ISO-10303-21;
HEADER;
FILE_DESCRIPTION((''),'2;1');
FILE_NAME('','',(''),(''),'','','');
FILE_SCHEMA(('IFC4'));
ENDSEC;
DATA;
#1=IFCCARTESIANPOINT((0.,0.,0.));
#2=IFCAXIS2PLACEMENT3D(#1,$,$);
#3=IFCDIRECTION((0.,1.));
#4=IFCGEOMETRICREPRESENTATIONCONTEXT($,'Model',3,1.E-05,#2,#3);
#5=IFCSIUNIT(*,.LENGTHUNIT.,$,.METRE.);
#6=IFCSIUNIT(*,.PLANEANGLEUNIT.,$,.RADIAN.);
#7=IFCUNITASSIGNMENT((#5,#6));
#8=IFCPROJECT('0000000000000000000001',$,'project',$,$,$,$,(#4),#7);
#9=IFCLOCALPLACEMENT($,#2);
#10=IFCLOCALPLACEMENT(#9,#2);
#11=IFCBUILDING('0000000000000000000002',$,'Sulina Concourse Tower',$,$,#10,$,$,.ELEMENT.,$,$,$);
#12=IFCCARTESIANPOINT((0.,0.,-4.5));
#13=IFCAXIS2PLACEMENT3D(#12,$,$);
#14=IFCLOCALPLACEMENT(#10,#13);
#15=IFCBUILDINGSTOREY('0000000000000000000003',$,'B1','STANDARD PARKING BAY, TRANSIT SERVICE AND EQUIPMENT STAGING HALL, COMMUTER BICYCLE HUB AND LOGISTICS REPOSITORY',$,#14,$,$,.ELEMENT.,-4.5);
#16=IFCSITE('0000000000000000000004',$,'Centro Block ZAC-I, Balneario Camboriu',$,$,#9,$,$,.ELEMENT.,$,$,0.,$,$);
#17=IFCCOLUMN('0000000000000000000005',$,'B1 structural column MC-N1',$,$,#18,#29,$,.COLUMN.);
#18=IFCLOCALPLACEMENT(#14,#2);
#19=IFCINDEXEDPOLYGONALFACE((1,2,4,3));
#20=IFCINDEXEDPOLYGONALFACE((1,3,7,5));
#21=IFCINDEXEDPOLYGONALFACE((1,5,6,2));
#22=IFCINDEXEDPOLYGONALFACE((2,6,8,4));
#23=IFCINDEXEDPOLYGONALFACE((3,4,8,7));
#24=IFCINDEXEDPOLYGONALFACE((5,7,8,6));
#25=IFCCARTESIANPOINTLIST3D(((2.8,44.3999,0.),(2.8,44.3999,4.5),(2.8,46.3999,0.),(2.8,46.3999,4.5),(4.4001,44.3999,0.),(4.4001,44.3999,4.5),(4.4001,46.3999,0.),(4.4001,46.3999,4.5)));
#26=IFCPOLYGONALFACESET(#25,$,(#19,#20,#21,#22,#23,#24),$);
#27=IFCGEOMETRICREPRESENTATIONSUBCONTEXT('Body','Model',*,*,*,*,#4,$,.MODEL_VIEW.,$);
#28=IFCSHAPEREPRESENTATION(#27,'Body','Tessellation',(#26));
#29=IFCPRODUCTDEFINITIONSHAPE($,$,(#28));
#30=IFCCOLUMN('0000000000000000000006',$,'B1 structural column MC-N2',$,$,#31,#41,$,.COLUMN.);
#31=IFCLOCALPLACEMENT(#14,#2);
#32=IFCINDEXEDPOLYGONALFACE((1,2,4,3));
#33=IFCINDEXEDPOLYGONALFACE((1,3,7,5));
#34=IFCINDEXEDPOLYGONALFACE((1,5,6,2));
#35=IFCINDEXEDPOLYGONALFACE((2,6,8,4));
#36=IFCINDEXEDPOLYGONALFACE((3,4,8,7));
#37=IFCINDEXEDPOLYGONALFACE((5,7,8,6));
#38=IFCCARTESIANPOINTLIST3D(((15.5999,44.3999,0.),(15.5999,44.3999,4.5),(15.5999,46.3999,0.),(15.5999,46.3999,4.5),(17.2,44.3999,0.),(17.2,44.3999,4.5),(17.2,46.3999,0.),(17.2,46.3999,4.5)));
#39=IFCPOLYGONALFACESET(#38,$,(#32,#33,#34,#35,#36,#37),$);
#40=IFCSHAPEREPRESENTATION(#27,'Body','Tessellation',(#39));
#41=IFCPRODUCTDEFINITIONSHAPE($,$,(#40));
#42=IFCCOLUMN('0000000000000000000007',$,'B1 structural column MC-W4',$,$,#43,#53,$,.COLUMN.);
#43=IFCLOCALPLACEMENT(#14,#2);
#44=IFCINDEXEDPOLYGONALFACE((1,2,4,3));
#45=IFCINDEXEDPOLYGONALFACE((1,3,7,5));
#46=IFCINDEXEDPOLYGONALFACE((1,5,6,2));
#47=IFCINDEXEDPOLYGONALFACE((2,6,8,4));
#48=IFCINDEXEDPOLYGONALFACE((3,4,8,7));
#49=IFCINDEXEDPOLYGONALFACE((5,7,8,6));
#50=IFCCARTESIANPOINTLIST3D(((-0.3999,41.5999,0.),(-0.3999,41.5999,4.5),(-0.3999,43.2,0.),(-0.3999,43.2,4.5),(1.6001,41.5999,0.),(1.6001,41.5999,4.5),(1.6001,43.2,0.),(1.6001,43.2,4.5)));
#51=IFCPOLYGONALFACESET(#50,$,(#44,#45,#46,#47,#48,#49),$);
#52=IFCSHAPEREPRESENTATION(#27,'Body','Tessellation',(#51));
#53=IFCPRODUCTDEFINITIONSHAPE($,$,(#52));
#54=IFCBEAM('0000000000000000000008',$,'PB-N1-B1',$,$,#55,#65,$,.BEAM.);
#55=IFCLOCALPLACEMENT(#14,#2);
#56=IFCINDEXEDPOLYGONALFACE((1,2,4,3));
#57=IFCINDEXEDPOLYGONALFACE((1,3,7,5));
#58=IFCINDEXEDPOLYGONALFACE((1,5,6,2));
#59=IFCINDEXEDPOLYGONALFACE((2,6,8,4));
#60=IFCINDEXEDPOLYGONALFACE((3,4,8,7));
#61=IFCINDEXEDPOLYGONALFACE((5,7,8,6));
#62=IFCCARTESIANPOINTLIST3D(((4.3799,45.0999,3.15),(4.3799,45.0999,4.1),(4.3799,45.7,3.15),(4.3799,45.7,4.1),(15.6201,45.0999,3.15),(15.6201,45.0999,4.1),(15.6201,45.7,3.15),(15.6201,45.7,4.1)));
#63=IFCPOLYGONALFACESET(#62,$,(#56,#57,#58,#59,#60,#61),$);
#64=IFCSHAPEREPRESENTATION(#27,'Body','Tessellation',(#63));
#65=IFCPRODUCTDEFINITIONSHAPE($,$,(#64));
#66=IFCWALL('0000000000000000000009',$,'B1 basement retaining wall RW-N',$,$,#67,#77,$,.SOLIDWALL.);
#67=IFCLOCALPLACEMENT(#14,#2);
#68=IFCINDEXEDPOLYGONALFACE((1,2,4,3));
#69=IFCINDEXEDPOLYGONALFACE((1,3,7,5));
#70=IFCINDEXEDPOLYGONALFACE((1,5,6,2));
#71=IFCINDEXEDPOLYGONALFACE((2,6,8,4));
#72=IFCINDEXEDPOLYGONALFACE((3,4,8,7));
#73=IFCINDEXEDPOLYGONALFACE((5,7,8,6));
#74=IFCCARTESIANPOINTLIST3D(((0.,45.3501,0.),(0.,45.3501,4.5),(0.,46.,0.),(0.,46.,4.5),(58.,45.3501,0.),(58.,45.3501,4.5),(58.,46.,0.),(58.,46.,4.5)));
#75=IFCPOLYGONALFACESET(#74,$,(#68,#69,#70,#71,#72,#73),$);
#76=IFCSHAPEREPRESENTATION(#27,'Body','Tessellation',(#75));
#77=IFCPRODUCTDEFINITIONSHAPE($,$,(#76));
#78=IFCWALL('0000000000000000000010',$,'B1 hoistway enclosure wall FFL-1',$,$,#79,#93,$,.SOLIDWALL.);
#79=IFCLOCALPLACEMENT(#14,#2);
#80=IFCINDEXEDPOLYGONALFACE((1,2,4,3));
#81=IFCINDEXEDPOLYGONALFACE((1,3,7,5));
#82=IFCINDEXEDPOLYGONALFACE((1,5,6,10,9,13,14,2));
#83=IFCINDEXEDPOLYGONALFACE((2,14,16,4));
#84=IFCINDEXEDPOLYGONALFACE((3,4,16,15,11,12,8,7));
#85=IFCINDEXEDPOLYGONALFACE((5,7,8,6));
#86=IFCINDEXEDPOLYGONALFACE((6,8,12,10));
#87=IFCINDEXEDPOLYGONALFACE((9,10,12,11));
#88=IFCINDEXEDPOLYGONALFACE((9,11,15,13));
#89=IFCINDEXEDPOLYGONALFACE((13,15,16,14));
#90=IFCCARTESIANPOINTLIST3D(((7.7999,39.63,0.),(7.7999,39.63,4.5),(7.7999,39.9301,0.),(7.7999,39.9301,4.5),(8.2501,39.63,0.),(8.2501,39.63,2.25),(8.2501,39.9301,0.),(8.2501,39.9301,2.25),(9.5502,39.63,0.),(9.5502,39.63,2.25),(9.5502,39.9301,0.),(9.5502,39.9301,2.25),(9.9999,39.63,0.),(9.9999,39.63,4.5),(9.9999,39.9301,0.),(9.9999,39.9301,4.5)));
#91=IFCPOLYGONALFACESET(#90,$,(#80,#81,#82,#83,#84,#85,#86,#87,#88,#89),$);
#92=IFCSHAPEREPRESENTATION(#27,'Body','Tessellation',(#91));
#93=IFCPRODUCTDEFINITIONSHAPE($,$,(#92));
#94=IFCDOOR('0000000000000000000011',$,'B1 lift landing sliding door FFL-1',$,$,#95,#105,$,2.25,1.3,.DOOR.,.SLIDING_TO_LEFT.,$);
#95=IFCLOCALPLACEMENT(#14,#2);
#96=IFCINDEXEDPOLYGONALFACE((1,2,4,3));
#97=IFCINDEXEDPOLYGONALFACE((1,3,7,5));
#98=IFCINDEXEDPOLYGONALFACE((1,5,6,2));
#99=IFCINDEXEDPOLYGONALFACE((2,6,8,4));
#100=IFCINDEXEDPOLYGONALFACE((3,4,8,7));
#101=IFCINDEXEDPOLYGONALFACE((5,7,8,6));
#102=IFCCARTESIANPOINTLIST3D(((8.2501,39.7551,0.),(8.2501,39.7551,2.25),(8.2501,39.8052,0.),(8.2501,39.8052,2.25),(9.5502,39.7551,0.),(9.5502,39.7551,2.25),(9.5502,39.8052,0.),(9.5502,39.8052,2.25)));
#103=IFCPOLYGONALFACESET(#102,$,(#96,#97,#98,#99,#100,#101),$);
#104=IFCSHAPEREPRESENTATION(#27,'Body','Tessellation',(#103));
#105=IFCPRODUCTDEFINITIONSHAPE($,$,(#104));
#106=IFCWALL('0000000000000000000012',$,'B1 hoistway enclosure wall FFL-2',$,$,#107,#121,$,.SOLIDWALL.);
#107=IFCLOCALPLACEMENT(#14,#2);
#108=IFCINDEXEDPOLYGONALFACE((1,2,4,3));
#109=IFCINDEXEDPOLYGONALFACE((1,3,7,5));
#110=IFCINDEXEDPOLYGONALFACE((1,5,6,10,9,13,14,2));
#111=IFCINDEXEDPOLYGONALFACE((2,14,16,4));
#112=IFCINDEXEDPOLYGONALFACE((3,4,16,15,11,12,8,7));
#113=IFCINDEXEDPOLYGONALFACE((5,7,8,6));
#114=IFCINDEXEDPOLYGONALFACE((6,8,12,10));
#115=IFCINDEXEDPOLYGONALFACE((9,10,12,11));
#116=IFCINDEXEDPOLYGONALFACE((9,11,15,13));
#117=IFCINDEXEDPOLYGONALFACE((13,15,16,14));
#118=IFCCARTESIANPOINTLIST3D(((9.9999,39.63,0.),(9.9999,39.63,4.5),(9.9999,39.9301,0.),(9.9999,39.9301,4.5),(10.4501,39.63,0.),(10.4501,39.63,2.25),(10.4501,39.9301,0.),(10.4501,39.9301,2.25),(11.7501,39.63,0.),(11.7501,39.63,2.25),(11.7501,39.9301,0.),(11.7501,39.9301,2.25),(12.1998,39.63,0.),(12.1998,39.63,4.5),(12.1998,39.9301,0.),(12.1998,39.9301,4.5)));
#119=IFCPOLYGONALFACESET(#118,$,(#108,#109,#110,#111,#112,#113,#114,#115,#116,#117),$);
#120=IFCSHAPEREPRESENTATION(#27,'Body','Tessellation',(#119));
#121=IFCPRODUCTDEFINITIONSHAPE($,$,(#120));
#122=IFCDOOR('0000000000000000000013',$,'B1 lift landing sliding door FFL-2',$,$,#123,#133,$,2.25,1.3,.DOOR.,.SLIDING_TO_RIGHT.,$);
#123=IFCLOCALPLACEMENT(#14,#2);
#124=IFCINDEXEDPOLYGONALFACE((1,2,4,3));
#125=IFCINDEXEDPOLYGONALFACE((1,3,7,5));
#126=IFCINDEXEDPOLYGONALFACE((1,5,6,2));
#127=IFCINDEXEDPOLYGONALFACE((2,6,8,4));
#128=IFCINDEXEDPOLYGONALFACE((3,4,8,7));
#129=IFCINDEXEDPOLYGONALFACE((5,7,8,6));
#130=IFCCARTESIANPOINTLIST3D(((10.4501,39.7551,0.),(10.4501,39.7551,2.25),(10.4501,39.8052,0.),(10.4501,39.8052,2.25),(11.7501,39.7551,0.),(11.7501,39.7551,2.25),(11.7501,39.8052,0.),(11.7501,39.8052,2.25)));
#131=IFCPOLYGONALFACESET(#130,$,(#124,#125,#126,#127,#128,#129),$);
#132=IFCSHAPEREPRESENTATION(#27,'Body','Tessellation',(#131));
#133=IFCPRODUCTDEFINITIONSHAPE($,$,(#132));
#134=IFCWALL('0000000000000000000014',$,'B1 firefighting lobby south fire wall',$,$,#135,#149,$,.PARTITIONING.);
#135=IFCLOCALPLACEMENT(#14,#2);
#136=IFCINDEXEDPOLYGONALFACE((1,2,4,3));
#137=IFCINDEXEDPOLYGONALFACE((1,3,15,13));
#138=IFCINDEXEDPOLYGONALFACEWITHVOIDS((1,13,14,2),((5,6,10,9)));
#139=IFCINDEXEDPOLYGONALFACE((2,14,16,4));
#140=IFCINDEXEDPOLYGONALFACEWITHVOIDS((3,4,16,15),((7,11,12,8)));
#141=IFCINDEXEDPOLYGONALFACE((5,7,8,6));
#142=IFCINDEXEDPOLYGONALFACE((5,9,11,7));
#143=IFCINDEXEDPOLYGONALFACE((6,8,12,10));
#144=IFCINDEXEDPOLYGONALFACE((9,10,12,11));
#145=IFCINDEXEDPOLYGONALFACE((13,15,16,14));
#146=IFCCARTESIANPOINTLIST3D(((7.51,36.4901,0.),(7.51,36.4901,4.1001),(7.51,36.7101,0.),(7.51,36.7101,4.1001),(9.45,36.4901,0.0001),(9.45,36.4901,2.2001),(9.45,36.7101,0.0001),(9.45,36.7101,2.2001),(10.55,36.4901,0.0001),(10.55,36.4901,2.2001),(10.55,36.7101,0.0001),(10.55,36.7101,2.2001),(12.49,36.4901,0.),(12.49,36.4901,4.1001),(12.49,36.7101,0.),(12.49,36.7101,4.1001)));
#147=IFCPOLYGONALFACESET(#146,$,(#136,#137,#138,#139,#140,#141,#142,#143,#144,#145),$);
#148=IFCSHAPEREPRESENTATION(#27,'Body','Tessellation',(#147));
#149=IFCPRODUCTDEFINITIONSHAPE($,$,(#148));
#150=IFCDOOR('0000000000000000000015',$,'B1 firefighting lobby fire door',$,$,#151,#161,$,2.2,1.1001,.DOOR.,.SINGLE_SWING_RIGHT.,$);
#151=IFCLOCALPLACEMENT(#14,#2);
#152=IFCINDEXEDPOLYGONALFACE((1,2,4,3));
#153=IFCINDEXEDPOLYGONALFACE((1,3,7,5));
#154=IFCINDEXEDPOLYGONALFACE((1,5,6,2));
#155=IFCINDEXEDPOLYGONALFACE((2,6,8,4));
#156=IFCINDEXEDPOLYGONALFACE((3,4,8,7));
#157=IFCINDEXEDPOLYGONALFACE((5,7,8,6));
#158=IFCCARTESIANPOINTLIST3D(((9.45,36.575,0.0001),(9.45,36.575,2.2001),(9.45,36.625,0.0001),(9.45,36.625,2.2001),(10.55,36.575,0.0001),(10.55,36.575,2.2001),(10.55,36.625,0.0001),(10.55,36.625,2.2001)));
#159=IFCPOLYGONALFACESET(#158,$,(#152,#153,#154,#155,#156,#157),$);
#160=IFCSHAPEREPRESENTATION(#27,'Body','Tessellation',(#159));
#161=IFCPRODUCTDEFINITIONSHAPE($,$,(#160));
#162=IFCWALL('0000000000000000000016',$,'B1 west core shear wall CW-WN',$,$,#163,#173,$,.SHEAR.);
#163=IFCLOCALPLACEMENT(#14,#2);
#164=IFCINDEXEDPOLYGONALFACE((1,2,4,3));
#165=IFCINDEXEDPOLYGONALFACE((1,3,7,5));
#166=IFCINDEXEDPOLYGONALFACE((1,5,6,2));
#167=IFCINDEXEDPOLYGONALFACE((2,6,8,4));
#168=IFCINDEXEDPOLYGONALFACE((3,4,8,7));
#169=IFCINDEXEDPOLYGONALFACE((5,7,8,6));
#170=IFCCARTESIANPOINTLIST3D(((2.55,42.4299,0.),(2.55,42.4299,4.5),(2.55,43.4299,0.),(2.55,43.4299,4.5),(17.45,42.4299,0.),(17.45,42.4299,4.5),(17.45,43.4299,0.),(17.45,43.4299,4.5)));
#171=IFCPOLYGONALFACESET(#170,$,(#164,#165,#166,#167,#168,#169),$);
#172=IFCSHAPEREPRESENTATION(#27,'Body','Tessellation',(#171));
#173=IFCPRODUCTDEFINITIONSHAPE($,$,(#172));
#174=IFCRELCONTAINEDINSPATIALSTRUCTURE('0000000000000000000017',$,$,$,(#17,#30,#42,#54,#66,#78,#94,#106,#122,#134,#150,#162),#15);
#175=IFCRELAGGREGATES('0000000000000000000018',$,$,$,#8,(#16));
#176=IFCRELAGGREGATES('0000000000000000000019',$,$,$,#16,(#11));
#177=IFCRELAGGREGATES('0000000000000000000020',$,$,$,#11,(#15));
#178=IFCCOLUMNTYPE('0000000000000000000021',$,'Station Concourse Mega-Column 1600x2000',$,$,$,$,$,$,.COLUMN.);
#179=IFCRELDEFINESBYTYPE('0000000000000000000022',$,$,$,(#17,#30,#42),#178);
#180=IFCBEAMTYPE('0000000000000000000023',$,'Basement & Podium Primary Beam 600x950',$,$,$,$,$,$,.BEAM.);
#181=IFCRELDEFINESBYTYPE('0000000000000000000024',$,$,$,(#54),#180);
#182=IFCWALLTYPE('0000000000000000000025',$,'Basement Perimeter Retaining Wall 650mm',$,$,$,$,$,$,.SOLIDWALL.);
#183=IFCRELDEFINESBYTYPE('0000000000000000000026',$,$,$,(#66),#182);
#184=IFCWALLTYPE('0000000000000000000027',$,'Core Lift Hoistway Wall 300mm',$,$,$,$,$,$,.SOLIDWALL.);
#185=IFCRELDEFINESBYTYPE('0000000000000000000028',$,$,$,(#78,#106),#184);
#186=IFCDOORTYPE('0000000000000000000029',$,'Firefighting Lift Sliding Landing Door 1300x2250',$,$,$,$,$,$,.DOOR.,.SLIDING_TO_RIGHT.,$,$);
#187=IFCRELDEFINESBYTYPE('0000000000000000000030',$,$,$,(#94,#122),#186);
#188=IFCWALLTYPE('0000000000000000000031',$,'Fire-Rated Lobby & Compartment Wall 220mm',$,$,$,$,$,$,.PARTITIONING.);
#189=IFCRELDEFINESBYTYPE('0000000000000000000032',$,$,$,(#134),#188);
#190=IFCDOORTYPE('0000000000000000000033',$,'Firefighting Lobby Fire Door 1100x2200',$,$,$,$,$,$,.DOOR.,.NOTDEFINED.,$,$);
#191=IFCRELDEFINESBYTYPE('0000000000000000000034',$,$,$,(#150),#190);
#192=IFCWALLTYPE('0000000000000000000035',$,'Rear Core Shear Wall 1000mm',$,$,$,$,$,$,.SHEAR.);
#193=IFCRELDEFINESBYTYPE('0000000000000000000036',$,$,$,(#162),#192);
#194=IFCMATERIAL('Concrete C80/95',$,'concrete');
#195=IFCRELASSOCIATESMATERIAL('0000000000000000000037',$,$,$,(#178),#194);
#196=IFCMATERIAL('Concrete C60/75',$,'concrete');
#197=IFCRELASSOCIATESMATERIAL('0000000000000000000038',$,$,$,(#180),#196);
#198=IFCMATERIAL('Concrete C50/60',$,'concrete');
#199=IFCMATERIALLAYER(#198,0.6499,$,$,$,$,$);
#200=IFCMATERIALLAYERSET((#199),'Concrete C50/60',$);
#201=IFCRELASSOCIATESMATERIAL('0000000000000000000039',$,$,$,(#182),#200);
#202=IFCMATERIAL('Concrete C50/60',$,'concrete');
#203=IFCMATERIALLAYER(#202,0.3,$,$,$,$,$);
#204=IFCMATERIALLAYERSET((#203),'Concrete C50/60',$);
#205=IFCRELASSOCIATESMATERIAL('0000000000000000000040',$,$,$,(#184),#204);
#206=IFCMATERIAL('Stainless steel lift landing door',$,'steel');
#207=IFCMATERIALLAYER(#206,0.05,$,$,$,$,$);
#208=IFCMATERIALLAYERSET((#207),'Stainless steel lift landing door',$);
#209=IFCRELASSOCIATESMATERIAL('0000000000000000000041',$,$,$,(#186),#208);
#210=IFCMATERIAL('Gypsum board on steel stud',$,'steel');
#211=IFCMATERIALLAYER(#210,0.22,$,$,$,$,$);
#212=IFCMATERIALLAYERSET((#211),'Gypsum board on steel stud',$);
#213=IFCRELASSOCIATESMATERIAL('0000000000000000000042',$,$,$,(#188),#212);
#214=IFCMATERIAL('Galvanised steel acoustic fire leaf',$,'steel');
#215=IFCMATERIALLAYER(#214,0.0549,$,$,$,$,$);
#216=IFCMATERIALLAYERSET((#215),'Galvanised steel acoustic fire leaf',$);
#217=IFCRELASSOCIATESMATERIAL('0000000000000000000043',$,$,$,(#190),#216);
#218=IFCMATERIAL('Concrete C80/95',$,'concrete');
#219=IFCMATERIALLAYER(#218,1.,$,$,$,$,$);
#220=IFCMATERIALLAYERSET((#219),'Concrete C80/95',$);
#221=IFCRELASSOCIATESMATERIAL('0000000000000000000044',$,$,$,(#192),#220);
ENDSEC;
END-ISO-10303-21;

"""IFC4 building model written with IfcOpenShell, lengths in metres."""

from ifc_helpers import new_model, si_unit, direction, frame, frame_2d, origin, origin_2d, place, context, subcontext, project, spatial, rectangle, extrude, material, layer, layer_set, material_profile, profile_set, type_object, element, fill, save


model = new_model("IFC4")

# Units and contexts
model_context = context("Model", 3, precision=1e-05, world=origin(), true_north=direction((0.0, 1.0)))
body_context = subcontext(model_context, "Body", "Model", "MODEL_VIEW")
ifc_project = project(units=[si_unit("LENGTHUNIT", "METRE"), si_unit("PLANEANGLEUNIT", "RADIAN")], contexts=[model_context])

# Site, building, storey
site_placement = place(None, origin())
site = spatial("IfcSite", under=ifc_project, at=site_placement, Name="Centro Block ZAC-I, Balneario Camboriu", CompositionType="ELEMENT", RefElevation=0.0)
building_placement = place(site_placement, origin())
building = spatial("IfcBuilding", under=site, at=building_placement, Name="Sulina Concourse Tower", CompositionType="ELEMENT")
storey_placement = place(building_placement, frame((0.0, 0.0, -4.5)))
storey = spatial("IfcBuildingStorey", under=building, at=storey_placement, Name="B1", Description="STANDARD PARKING BAY, TRANSIT SERVICE AND EQUIPMENT STAGING HALL, COMMUTER BICYCLE HUB AND LOGISTICS REPOSITORY", CompositionType="ELEMENT", Elevation=-4.5)

# Columns
ifc_material_1 = material(Name="Concrete C80/95", Category="concrete")
ifc_material_profile_1 = material_profile(ifc_material_1, rectangle(XDim=1.6001, YDim=2.0, at=origin_2d()), Name="RC 1600x2000")
ifc_profile_set_1 = profile_set([ifc_material_profile_1], Name="Concrete C80/95")
column_type = type_object("IfcColumnType", Name="Station Concourse Mega-Column 1600x2000", PredefinedType="COLUMN", material=ifc_profile_set_1)
for number, where, z_axis, x_axis, name in (
    (1, (3.6001, 45.3999, 0.0), (0.0, 0.0, 1.0), (1.0, 0.0, 0.0), "B1 structural column MC-N1"),
    (2, (16.3999, 45.3999, 0.0), (0.0, 0.0, 1.0), (1.0, 0.0, 0.0), "B1 structural column MC-N2"),
    (3, (0.6001, 42.3999, 0.0), (0.0, 0.0, 1.0), (0.0, 1.0, 0.0), "B1 structural column MC-W4"),
):
    element("IfcColumn", number, at=place(storey_placement, frame(where, z_axis=z_axis, x_axis=x_axis)), inside=storey, type_object=column_type, Name=name, PredefinedType="COLUMN", context=body_context, shape_type="SweptSolid", body=[
        extrude(rectangle(XDim=1.6001, YDim=2.0, at=origin_2d()), origin(), (0.0, 0.0, 1.0), 4.5),
    ])

# Beam
ifc_material_2 = material(Name="Concrete C60/75", Category="concrete")
ifc_material_profile_2 = material_profile(ifc_material_2, rectangle(XDim=0.6001, YDim=0.95, at=origin_2d()), Name="RC 600x950")
ifc_profile_set_2 = profile_set([ifc_material_profile_2], Name="Concrete C60/75")
beam_type = type_object("IfcBeamType", Name="Basement & Podium Primary Beam 600x950", PredefinedType="BEAM", material=ifc_profile_set_2)
beam_placement = place(storey_placement, frame((4.3799, 45.3999, 3.625), z_axis=(1.0, 0.0, 0.0), x_axis=(0.0, 1.0, 0.0)))
element("IfcBeam", 4, at=beam_placement, inside=storey, type_object=beam_type, Name="PB-N1-B1", PredefinedType="BEAM", context=body_context, shape_type="SweptSolid", body=[
    extrude(rectangle(XDim=0.6001, YDim=0.95, at=origin_2d()), origin(), (0.0, 0.0, 1.0), 11.2402),
])

# Wall
ifc_material_3 = material(Name="Concrete C50/60", Category="concrete")
ifc_layer_1 = layer(ifc_material_3, 0.6499)
ifc_layer_set_1 = layer_set([ifc_layer_1], Name="Concrete C50/60")
wall_type_1 = type_object("IfcWallType", Name="Basement Perimeter Retaining Wall 650mm", PredefinedType="SOLIDWALL", material=ifc_layer_set_1)
wall_1_placement = place(storey_placement, frame((0.0, 45.675, 0.0), z_axis=(0.0, 0.0, 1.0), x_axis=(1.0, 0.0, 0.0)))
element("IfcWall", 5, at=wall_1_placement, inside=storey, type_object=wall_type_1, Name="B1 basement retaining wall RW-N", PredefinedType="SOLIDWALL", context=body_context, shape_type="SweptSolid", body=[
    extrude(rectangle(XDim=58.0, YDim=0.6499, at=frame_2d((29.0, 0.0))), origin(), (0.0, 0.0, 1.0), 4.5),
])

# Walls, openings, doors
ifc_material_4 = material(Name="Concrete C50/60", Category="concrete")
ifc_layer_2 = layer(ifc_material_4, 0.3)
ifc_layer_set_2 = layer_set([ifc_layer_2], Name="Concrete C50/60")
wall_type_2 = type_object("IfcWallType", Name="Core Lift Hoistway Wall 300mm", PredefinedType="SOLIDWALL", material=ifc_layer_set_2)
wall_2_placement = place(storey_placement, frame((10.0, 39.78, 0.0), z_axis=(0.0, 0.0, 1.0), x_axis=(-1.0, 0.0, 0.0)))
wall_2 = element("IfcWall", 6, at=wall_2_placement, inside=storey, type_object=wall_type_2, Name="B1 hoistway enclosure wall FFL-1", PredefinedType="SOLIDWALL", context=body_context, shape_type="SweptSolid", body=[
    extrude(rectangle(XDim=2.2, YDim=0.3, at=frame_2d((1.1001, 0.0))), origin(), (0.0, 0.0, 1.0), 4.5),
])
opening_1_placement = place(wall_2_placement, frame((0.45, 0.0, 0.0)))
opening_1 = element("IfcOpeningElement", 7, at=opening_1_placement, cuts=wall_2, PredefinedType="OPENING", context=body_context, shape_type="SweptSolid", body=[
    extrude(rectangle(XDim=1.3, YDim=2.25, at=frame_2d((0.6499, 1.125))), frame((0.0, 0.1599, 0.0), z_axis=(0.0, -1.0, 0.0), x_axis=(1.0, 0.0, 0.0)), (0.0, 0.0, 1.0), 0.3201),
])
ifc_material_5 = material(Name="Stainless steel lift landing door", Category="steel")
ifc_layer_3 = layer(ifc_material_5, 0.05)
ifc_layer_set_3 = layer_set([ifc_layer_3], Name="Stainless steel lift landing door")
door_type_1 = type_object("IfcDoorType", Name="Firefighting Lift Sliding Landing Door 1300x2250", OperationType="SLIDING_TO_RIGHT", PredefinedType="DOOR", material=ifc_layer_set_3)
door_1_placement = place(opening_1_placement, origin())
door_1 = element("IfcDoor", 8, at=door_1_placement, inside=storey, type_object=door_type_1, Name="B1 lift landing sliding door FFL-1", OperationType="SLIDING_TO_LEFT", OverallHeight=2.25, OverallWidth=1.3, PredefinedType="DOOR", context=body_context, shape_type="SweptSolid", body=[
    extrude(rectangle(XDim=1.3, YDim=2.25, at=frame_2d((0.6499, 1.125))), frame((0.0, 0.0249, 0.0), z_axis=(0.0, -1.0, 0.0), x_axis=(1.0, 0.0, 0.0)), (0.0, 0.0, 1.0), 0.05),
])
fill(opening_1, door_1)
wall_3_placement = place(storey_placement, frame((12.2, 39.78, 0.0), z_axis=(0.0, 0.0, 1.0), x_axis=(-1.0, 0.0, 0.0)))
wall_3 = element("IfcWall", 9, at=wall_3_placement, inside=storey, type_object=wall_type_2, Name="B1 hoistway enclosure wall FFL-2", PredefinedType="SOLIDWALL", context=body_context, shape_type="SweptSolid", body=[
    extrude(rectangle(XDim=2.2, YDim=0.3, at=frame_2d((1.1001, 0.0))), origin(), (0.0, 0.0, 1.0), 4.5),
])
opening_2_placement = place(wall_3_placement, frame((0.45, 0.0, 0.0)))
opening_2 = element("IfcOpeningElement", 10, at=opening_2_placement, cuts=wall_3, PredefinedType="OPENING", context=body_context, shape_type="SweptSolid", body=[
    extrude(rectangle(XDim=1.3, YDim=2.25, at=frame_2d((0.6499, 1.125))), frame((0.0, 0.1599, 0.0), z_axis=(0.0, -1.0, 0.0), x_axis=(1.0, 0.0, 0.0)), (0.0, 0.0, 1.0), 0.3201),
])
door_2_placement = place(opening_2_placement, origin())
door_2 = element("IfcDoor", 11, at=door_2_placement, inside=storey, type_object=door_type_1, Name="B1 lift landing sliding door FFL-2", OperationType="SLIDING_TO_RIGHT", OverallHeight=2.25, OverallWidth=1.3, PredefinedType="DOOR", context=body_context, shape_type="SweptSolid", body=[
    extrude(rectangle(XDim=1.3, YDim=2.25, at=frame_2d((0.6499, 1.125))), frame((0.0, 0.0249, 0.0), z_axis=(0.0, -1.0, 0.0), x_axis=(1.0, 0.0, 0.0)), (0.0, 0.0, 1.0), 0.05),
])
fill(opening_2, door_2)
ifc_material_6 = material(Name="Gypsum board on steel stud", Category="steel")
ifc_layer_4 = layer(ifc_material_6, 0.22)
ifc_layer_set_4 = layer_set([ifc_layer_4], Name="Gypsum board on steel stud")
wall_type_3 = type_object("IfcWallType", Name="Fire-Rated Lobby & Compartment Wall 220mm", PredefinedType="PARTITIONING", material=ifc_layer_set_4)
wall_4_placement = place(storey_placement, frame((7.51, 36.6001, 0.0), z_axis=(0.0, 0.0, 1.0), x_axis=(1.0, 0.0, 0.0)))
wall_4 = element("IfcWall", 12, at=wall_4_placement, inside=storey, type_object=wall_type_3, Name="B1 firefighting lobby south fire wall", PredefinedType="PARTITIONING", context=body_context, shape_type="SweptSolid", body=[
    extrude(rectangle(XDim=4.98, YDim=0.22, at=frame_2d((2.49, 0.0))), origin(), (0.0, 0.0, 1.0), 4.1001),
])
opening_3_placement = place(wall_4_placement, frame((1.9399, 0.0, 0.0)))
opening_3 = element("IfcOpeningElement", 13, at=opening_3_placement, cuts=wall_4, PredefinedType="OPENING", context=body_context, shape_type="SweptSolid", body=[
    extrude(rectangle(XDim=1.1001, YDim=2.2, at=frame_2d((0.55, 1.1001))), frame((0.0, 0.1199, 0.0), z_axis=(0.0, -1.0, 0.0), x_axis=(1.0, 0.0, 0.0)), (0.0, 0.0, 1.0), 0.24),
])
ifc_material_7 = material(Name="Galvanised steel acoustic fire leaf", Category="steel")
ifc_layer_5 = layer(ifc_material_7, 0.0549)
ifc_layer_set_5 = layer_set([ifc_layer_5], Name="Galvanised steel acoustic fire leaf")
door_type_2 = type_object("IfcDoorType", Name="Firefighting Lobby Fire Door 1100x2200", OperationType="NOTDEFINED", PredefinedType="DOOR", material=ifc_layer_set_5)
door_3_placement = place(opening_3_placement, origin())
door_3 = element("IfcDoor", 14, at=door_3_placement, inside=storey, type_object=door_type_2, Name="B1 firefighting lobby fire door", OperationType="SINGLE_SWING_RIGHT", OverallHeight=2.2, OverallWidth=1.1001, PredefinedType="DOOR", context=body_context, shape_type="SweptSolid", body=[
    extrude(rectangle(XDim=1.1001, YDim=2.2, at=frame_2d((0.55, 1.1001))), frame((0.0, 0.0249, 0.0), z_axis=(0.0, -1.0, 0.0), x_axis=(1.0, 0.0, 0.0)), (0.0, 0.0, 1.0), 0.05),
])
fill(opening_3, door_3)

# Wall
ifc_material_8 = material(Name="Concrete C80/95", Category="concrete")
ifc_layer_6 = layer(ifc_material_8, 1.0)
ifc_layer_set_6 = layer_set([ifc_layer_6], Name="Concrete C80/95")
wall_type_4 = type_object("IfcWallType", Name="Rear Core Shear Wall 1000mm", PredefinedType="SHEAR", material=ifc_layer_set_6)
wall_5_placement = place(storey_placement, frame((2.55, 42.9299, 0.0), z_axis=(0.0, 0.0, 1.0), x_axis=(1.0, 0.0, 0.0)))
element("IfcWall", 15, at=wall_5_placement, inside=storey, type_object=wall_type_4, Name="B1 west core shear wall CW-WN", PredefinedType="SHEAR", context=body_context, shape_type="SweptSolid", body=[
    extrude(rectangle(XDim=14.8999, YDim=1.0, at=frame_2d((7.45, 0.0))), origin(), (0.0, 0.0, 1.0), 4.5),
])

save(model, "model.ifc")
